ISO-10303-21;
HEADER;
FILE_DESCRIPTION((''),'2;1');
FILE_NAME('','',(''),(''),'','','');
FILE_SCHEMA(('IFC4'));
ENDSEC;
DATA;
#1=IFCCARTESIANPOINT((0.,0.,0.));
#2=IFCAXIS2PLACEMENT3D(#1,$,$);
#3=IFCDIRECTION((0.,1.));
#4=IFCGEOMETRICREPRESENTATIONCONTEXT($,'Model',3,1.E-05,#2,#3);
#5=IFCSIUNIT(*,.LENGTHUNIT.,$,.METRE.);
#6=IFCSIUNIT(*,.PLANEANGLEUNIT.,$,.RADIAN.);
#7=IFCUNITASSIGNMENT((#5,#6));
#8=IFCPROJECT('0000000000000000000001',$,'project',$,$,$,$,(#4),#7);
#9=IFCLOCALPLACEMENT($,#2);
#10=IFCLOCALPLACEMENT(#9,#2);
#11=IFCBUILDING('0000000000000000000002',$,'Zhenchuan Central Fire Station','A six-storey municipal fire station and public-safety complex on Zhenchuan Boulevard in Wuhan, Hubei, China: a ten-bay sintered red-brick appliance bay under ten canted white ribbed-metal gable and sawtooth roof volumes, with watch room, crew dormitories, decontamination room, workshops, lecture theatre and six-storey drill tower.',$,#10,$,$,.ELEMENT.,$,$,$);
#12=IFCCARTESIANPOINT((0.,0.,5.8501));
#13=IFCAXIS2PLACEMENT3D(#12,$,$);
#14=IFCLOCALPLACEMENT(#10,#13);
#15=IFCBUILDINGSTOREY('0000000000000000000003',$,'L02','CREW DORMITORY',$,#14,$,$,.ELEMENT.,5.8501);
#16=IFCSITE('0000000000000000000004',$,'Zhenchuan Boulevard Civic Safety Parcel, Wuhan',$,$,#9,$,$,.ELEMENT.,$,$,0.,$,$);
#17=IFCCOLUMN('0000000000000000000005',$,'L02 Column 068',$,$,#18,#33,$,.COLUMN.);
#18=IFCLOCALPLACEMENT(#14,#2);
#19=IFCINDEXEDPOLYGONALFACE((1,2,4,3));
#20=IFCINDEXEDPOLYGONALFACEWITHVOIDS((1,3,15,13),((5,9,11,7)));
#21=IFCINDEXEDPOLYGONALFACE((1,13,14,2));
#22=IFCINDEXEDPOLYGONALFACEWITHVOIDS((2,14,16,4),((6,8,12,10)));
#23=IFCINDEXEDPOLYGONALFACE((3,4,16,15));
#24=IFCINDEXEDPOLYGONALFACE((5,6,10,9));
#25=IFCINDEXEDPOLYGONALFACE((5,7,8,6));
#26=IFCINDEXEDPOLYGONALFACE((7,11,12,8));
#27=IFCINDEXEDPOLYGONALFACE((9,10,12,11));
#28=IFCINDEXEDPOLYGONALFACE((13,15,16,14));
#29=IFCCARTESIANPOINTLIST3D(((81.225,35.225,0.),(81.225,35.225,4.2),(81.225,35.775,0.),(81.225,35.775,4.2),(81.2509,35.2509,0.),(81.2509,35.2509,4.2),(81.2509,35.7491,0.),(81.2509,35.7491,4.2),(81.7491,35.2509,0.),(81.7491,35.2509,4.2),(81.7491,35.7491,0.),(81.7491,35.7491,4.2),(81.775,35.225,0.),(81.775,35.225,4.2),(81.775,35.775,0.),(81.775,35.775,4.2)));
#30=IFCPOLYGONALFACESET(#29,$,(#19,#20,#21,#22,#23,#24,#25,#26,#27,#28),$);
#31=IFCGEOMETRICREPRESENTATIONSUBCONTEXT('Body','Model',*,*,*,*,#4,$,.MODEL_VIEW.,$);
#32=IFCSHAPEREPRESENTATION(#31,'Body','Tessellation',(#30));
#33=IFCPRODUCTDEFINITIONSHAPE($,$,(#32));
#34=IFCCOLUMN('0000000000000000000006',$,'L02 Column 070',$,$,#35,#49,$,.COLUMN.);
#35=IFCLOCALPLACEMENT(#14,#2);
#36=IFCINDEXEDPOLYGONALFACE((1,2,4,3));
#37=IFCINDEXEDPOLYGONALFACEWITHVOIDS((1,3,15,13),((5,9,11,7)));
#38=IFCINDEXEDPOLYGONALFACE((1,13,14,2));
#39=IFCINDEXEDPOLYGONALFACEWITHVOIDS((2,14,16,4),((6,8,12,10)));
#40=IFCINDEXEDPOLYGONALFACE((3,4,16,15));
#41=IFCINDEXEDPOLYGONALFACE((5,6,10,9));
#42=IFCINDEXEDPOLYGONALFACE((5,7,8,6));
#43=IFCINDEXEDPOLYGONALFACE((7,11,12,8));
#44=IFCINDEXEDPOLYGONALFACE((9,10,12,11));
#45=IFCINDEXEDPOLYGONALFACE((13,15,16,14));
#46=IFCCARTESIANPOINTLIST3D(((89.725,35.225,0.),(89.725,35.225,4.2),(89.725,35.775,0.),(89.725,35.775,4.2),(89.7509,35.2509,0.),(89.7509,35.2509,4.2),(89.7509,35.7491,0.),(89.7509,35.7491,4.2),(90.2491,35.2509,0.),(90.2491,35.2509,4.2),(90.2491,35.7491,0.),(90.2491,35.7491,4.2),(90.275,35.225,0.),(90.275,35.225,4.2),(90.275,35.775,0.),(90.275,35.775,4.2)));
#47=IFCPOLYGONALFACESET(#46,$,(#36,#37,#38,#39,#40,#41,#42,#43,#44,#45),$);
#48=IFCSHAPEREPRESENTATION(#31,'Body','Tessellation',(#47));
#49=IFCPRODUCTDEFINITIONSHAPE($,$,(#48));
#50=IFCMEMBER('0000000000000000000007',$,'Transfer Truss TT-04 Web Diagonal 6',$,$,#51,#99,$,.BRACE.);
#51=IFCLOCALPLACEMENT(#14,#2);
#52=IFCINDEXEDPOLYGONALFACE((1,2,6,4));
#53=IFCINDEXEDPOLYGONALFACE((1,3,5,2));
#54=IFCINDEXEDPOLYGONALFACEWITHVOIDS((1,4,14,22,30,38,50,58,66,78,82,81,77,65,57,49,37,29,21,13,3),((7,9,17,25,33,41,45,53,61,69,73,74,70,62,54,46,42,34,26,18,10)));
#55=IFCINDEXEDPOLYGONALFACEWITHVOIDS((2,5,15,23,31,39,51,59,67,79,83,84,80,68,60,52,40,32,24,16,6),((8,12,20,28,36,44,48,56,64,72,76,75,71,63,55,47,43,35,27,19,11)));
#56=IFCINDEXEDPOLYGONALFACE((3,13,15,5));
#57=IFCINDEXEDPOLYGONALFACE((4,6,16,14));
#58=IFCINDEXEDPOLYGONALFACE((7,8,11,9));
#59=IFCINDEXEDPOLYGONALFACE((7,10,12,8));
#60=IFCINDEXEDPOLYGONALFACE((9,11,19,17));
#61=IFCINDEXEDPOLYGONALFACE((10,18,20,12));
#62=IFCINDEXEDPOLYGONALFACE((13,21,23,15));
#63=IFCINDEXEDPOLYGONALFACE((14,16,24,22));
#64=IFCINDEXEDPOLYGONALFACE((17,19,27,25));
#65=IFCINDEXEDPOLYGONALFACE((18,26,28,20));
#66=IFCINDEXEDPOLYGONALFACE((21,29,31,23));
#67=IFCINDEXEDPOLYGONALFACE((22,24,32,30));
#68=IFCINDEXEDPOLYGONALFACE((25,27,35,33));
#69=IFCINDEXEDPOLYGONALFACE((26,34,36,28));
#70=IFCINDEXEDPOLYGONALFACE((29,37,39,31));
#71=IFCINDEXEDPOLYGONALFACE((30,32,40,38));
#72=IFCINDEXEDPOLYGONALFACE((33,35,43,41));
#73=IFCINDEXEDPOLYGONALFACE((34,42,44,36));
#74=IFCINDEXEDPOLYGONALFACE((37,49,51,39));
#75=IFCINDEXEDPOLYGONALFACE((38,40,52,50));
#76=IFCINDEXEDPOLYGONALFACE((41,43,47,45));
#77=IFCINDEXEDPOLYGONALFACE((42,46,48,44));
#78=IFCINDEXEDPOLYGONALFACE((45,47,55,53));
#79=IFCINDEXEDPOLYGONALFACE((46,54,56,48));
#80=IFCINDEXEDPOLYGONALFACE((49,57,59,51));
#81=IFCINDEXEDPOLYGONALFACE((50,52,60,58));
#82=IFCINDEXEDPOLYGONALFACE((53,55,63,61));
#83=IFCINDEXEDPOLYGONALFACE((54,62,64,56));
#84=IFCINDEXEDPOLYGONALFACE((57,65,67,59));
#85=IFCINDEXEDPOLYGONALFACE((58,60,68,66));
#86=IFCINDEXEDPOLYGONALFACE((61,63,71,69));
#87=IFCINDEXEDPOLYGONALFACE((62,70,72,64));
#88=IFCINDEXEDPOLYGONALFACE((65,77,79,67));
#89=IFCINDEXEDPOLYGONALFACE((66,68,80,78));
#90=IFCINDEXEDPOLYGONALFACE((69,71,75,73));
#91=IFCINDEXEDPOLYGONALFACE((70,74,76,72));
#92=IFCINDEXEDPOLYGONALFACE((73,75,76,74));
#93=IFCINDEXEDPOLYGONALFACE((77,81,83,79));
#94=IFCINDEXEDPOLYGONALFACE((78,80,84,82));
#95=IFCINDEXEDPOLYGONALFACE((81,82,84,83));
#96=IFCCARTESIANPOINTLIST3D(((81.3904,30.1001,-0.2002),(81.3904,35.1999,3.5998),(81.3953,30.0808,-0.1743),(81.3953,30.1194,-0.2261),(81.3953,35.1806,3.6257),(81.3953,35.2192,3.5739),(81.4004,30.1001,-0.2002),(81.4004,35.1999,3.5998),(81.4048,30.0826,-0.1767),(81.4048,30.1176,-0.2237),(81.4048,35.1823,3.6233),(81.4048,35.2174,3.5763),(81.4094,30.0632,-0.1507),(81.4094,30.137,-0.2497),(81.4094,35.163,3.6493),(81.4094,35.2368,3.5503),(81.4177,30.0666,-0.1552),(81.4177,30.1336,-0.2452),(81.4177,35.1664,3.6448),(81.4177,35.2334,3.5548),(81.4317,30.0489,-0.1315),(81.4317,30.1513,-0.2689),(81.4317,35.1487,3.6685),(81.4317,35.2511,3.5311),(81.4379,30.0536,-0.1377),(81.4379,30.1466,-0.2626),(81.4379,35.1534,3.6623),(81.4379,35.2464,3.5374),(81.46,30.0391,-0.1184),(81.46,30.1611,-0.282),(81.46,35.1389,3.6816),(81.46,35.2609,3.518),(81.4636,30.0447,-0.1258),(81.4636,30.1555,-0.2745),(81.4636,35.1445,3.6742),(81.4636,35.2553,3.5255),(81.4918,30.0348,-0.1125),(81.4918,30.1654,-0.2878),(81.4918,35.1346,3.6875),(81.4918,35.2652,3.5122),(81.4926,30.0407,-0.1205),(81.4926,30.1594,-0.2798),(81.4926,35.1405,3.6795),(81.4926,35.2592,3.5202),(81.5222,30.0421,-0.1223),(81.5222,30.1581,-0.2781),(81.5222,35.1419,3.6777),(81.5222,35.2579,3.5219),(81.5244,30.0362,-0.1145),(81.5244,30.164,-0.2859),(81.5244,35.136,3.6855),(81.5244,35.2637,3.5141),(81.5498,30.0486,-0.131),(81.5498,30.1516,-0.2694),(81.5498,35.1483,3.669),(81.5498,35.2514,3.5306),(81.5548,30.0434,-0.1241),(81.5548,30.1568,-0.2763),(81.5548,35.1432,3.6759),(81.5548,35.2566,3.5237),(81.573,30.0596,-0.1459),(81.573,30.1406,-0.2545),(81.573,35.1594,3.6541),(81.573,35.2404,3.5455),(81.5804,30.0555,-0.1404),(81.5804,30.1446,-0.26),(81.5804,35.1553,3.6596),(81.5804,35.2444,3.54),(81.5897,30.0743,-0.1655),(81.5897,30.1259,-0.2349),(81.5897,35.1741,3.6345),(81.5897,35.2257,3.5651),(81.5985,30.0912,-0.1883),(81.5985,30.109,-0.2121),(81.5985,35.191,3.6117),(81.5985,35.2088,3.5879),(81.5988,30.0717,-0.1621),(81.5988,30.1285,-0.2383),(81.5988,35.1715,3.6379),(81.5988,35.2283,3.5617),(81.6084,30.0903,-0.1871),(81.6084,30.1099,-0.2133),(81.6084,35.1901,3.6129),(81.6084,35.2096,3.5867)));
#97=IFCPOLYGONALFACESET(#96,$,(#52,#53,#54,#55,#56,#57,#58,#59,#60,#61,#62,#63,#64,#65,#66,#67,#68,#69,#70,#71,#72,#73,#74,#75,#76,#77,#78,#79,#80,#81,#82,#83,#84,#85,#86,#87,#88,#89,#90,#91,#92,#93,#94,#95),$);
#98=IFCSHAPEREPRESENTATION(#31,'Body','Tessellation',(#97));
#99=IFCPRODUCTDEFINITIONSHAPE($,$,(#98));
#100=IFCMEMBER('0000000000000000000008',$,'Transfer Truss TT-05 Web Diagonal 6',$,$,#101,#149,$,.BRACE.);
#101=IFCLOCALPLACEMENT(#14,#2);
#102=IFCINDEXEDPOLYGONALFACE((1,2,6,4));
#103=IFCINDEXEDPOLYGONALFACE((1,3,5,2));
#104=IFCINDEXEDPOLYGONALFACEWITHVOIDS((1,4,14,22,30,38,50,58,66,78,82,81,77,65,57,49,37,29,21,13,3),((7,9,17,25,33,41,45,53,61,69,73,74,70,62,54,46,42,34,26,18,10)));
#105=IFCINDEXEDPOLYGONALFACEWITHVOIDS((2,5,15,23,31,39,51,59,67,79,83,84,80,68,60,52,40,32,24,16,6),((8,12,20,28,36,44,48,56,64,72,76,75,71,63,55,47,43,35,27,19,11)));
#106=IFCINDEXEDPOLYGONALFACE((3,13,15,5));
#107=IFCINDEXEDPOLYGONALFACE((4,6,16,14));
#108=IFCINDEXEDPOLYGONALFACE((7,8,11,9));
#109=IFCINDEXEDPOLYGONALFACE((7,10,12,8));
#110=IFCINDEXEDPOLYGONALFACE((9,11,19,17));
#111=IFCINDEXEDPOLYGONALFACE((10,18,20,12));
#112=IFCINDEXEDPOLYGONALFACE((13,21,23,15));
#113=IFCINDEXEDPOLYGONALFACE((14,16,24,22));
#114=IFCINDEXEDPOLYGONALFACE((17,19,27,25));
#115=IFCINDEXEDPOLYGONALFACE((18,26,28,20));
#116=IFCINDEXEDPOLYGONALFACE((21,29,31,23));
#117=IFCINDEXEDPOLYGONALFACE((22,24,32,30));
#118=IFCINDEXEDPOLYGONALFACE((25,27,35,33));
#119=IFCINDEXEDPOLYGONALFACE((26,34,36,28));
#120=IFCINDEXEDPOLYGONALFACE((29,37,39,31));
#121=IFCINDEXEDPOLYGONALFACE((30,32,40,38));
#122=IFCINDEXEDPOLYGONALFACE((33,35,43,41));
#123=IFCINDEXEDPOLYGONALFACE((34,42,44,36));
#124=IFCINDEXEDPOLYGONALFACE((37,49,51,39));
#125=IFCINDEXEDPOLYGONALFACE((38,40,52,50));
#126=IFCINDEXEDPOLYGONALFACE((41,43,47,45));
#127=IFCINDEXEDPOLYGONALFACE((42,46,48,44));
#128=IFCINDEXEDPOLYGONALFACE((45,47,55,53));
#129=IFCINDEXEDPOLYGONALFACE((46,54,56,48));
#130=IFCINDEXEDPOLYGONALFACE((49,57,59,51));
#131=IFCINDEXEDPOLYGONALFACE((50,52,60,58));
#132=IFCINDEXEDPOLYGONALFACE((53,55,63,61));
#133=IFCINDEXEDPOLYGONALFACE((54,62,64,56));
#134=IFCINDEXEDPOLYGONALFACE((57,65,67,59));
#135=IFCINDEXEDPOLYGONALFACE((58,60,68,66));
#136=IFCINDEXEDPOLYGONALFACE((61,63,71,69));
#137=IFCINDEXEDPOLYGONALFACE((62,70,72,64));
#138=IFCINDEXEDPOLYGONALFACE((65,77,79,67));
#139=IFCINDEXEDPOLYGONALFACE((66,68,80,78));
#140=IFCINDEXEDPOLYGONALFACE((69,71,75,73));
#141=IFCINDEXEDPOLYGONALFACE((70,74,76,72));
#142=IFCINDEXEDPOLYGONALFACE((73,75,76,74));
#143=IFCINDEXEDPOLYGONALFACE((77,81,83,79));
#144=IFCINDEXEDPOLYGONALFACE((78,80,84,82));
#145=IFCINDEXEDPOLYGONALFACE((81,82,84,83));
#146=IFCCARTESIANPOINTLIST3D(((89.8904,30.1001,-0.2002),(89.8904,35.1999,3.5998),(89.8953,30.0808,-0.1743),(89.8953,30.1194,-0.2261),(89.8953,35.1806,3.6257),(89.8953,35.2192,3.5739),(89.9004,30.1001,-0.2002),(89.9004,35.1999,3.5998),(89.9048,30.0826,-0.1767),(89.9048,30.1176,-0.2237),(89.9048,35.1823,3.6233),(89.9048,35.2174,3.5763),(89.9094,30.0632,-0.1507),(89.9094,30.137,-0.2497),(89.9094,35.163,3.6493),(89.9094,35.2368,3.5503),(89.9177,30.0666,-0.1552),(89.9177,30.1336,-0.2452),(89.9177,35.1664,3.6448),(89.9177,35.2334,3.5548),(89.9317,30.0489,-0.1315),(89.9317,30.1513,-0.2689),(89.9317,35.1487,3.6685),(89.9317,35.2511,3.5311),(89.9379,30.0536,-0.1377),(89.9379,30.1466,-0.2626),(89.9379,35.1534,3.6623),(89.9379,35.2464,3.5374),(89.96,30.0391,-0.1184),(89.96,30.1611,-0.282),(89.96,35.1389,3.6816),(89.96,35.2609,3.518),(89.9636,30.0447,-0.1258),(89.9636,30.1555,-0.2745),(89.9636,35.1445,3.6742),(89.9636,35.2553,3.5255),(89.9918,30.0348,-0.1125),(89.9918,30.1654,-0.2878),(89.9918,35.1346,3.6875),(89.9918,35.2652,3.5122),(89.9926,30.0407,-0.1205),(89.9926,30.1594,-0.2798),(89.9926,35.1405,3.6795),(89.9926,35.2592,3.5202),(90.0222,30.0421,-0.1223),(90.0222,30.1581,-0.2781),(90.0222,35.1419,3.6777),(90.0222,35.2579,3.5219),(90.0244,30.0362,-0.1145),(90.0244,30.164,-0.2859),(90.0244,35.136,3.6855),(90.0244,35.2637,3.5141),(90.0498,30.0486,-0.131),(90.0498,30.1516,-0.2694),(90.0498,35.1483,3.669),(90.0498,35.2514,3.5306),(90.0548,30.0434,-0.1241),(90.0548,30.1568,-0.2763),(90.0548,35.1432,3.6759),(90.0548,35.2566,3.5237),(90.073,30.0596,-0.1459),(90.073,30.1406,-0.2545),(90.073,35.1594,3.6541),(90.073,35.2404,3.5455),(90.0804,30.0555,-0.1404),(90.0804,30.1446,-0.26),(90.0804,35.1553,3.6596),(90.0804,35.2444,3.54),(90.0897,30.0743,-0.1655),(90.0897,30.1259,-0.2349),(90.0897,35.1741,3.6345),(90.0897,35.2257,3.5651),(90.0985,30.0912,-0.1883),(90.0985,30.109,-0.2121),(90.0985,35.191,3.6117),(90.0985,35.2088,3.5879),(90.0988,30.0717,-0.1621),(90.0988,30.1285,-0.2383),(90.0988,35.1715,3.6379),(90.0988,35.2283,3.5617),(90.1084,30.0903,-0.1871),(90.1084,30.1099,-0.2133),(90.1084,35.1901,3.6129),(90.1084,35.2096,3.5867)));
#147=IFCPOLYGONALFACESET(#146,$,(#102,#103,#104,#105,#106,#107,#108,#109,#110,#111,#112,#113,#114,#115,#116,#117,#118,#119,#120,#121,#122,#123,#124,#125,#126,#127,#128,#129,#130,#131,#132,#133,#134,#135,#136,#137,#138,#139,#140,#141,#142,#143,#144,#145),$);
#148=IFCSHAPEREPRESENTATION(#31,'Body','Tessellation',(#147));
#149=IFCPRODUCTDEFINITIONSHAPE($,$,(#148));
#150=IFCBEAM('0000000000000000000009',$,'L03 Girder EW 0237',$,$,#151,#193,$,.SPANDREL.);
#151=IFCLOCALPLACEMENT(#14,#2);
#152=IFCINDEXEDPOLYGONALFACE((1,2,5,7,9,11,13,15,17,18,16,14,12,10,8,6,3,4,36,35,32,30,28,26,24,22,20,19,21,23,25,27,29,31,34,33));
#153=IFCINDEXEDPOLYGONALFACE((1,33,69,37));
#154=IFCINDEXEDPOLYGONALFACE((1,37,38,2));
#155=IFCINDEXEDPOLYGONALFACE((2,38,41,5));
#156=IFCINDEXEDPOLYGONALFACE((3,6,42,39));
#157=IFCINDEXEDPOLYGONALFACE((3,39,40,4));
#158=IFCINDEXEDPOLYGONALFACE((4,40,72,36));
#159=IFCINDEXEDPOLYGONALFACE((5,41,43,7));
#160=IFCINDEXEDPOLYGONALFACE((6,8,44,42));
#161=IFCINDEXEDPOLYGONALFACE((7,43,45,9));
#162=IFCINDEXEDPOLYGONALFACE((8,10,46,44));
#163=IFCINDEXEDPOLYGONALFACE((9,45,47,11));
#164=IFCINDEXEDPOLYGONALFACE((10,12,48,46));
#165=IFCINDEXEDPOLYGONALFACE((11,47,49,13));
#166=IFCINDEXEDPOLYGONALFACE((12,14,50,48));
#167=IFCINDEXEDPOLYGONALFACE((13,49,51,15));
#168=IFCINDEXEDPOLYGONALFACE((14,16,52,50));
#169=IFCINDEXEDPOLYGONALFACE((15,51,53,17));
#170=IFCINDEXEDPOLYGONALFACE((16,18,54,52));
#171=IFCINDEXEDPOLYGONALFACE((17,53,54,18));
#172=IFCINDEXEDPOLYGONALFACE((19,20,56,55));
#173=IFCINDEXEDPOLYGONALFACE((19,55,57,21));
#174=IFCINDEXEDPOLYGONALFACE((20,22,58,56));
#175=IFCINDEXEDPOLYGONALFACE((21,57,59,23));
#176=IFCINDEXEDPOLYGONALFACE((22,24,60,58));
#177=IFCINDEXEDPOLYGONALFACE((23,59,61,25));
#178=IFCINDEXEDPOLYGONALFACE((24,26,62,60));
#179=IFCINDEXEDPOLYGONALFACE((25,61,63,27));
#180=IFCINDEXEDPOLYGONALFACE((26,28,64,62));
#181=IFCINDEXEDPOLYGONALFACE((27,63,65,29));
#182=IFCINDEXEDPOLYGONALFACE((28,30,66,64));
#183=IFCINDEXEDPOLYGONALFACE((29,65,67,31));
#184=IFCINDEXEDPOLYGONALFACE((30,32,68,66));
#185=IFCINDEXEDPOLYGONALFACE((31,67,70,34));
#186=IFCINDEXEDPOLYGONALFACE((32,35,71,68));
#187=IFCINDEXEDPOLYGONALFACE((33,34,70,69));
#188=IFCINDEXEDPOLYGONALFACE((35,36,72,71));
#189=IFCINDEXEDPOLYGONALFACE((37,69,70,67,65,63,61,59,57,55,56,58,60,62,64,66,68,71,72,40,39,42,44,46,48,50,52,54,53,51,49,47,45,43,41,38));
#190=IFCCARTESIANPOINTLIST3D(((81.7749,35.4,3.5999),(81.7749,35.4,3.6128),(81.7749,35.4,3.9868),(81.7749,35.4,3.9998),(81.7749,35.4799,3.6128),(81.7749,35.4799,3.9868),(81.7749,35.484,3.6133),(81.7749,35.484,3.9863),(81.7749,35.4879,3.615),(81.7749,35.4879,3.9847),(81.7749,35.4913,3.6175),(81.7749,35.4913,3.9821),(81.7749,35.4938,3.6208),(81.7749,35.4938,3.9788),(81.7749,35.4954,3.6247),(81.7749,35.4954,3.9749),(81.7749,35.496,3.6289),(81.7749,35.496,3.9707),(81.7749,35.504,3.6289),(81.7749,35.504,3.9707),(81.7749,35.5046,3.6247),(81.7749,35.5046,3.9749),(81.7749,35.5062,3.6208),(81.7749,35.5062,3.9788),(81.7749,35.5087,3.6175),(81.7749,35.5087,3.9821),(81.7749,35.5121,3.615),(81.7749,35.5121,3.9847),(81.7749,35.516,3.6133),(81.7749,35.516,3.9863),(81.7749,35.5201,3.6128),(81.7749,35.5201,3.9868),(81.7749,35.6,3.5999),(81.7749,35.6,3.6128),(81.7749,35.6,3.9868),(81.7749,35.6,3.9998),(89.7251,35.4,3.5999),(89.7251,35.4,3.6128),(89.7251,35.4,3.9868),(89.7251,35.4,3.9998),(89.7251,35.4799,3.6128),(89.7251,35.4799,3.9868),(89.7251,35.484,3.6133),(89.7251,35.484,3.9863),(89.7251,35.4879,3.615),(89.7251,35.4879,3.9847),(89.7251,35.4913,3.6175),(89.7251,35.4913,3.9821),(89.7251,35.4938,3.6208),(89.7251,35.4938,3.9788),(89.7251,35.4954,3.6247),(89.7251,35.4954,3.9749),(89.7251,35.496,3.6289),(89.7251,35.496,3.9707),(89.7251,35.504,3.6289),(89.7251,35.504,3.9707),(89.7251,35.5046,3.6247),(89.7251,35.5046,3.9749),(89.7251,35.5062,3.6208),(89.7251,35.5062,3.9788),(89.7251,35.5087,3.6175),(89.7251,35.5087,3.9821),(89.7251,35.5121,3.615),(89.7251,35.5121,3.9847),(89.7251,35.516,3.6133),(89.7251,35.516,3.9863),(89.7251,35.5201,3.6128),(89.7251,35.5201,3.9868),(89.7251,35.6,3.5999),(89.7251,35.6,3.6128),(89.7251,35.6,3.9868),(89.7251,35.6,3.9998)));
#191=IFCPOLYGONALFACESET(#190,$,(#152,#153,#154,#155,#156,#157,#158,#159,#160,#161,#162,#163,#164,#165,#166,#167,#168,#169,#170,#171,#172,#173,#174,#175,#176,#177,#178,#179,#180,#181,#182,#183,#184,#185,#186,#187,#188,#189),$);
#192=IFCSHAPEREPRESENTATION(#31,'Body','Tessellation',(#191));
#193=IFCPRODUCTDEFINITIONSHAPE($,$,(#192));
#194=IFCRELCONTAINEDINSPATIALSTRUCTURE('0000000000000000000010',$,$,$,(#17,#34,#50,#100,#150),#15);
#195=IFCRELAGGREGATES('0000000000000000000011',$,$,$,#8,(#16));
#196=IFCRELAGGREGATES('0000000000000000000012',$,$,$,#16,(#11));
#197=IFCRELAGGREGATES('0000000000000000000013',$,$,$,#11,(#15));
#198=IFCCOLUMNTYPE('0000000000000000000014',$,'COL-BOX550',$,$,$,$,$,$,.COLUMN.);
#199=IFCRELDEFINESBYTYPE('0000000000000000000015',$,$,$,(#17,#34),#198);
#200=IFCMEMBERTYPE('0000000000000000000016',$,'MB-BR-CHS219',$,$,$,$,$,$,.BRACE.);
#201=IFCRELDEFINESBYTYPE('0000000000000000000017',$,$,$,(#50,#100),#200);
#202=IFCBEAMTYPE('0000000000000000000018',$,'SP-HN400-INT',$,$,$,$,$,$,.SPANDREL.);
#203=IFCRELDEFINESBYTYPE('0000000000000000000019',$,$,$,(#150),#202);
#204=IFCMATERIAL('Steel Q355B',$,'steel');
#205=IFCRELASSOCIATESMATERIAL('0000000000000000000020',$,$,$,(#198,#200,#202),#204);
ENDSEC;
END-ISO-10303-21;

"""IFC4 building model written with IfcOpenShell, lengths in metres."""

from ifc_helpers import new_model, si_unit, direction, frame, origin, origin_2d, place, context, subcontext, project, spatial, hollow_rectangle, hollow_circle, i_section, extrude, material, material_profile, profile_set, type_object, element, save


model = new_model("IFC4")

# Units and contexts
model_context = context("Model", 3, precision=1e-05, world=origin(), true_north=direction((0.0, 1.0)))
body_context = subcontext(model_context, "Body", "Model", "MODEL_VIEW")
ifc_project = project(units=[si_unit("LENGTHUNIT", "METRE"), si_unit("PLANEANGLEUNIT", "RADIAN")], contexts=[model_context])

# Site, building, storey
site_placement = place(None, origin())
site = spatial("IfcSite", under=ifc_project, at=site_placement, Name="Zhenchuan Boulevard Civic Safety Parcel, Wuhan", CompositionType="ELEMENT", RefElevation=0.0)
building_placement = place(site_placement, origin())
building = spatial("IfcBuilding", under=site, at=building_placement, Name="Zhenchuan Central Fire Station", Description="A six-storey municipal fire station and public-safety complex on Zhenchuan Boulevard in Wuhan, Hubei, China: a ten-bay sintered red-brick appliance bay under ten canted white ribbed-metal gable and sawtooth roof volumes, with watch room, crew dormitories, decontamination room, workshops, lecture theatre and six-storey drill tower.", CompositionType="ELEMENT")
storey_placement = place(building_placement, frame((0.0, 0.0, 5.8501)))
storey = spatial("IfcBuildingStorey", under=building, at=storey_placement, Name="L02", Description="CREW DORMITORY", CompositionType="ELEMENT", Elevation=5.8501)

# Columns
ifc_material_1 = material(Name="Steel Q355B", Category="steel")
ifc_material_profile_1 = material_profile(ifc_material_1, hollow_rectangle(XDim=0.55, YDim=0.55, WallThickness=0.0259, at=origin_2d()), Name="BOX 550x550x26")
ifc_profile_set_1 = profile_set([ifc_material_profile_1], Name="Steel Q355B")
column_type = type_object("IfcColumnType", Name="COL-BOX550", PredefinedType="COLUMN", material=ifc_profile_set_1)
for number, where, z_axis, x_axis, name in (
    (1, (81.5, 35.5, 0.0), (0.0, 0.0, 1.0), (1.0, 0.0, 0.0), "L02 Column 068"),
    (2, (90.0, 35.5, 0.0), (0.0, 0.0, 1.0), (1.0, 0.0, 0.0), "L02 Column 070"),
):
    element("IfcColumn", number, at=place(storey_placement, frame(where, z_axis=z_axis, x_axis=x_axis)), inside=storey, type_object=column_type, Name=name, PredefinedType="COLUMN", context=body_context, shape_type="SweptSolid", body=[
        extrude(hollow_rectangle(XDim=0.55, YDim=0.55, WallThickness=0.0259, at=origin_2d()), origin(), (0.0, 0.0, 1.0), 4.2),
    ])

# Members
ifc_material_profile_2 = material_profile(ifc_material_1, hollow_circle(Radius=0.1096, WallThickness=0.01, at=origin_2d()), Name="CHS 219.1x10")
ifc_profile_set_2 = profile_set([ifc_material_profile_2], Name="Steel Q355B")
member_type = type_object("IfcMemberType", Name="MB-BR-CHS219", PredefinedType="BRACE", material=ifc_profile_set_2)
for number, where, z_axis, x_axis, name in (
    (3, (81.5, 30.1001, -0.2002), (0.0, 0.801871, 0.597497), (-1.0, 0.0, 0.0), "Transfer Truss TT-04 Web Diagonal 6"),
    (4, (90.0, 30.1001, -0.2002), (0.0, 0.801871, 0.597497), (-1.0, 0.0, 0.0), "Transfer Truss TT-05 Web Diagonal 6"),
):
    element("IfcMember", number, at=place(storey_placement, frame(where, z_axis=z_axis, x_axis=x_axis)), inside=storey, type_object=member_type, Name=name, PredefinedType="BRACE", context=body_context, shape_type="SweptSolid", body=[
        extrude(hollow_circle(Radius=0.1096, WallThickness=0.01, at=origin_2d()), origin(), (0.0, 0.0, 1.0), 6.3599),
    ])

# Beam
ifc_material_profile_3 = material_profile(ifc_material_1, i_section(OverallWidth=0.2, OverallDepth=0.3999, WebThickness=0.0081, FlangeThickness=0.0129, FilletRadius=0.0161, at=origin_2d()), Name="HN 400x200")
ifc_profile_set_3 = profile_set([ifc_material_profile_3], Name="Steel Q355B")
beam_type = type_object("IfcBeamType", Name="SP-HN400-INT", PredefinedType="SPANDREL", material=ifc_profile_set_3)
beam_placement = place(storey_placement, frame((81.7749, 35.5, 3.7998), z_axis=(1.0, 0.0, 0.0), x_axis=(0.0, 1.0, 0.0)))
element("IfcBeam", 5, at=beam_placement, inside=storey, type_object=beam_type, Name="L03 Girder EW 0237", PredefinedType="SPANDREL", context=body_context, shape_type="SweptSolid", body=[
    extrude(i_section(OverallWidth=0.2, OverallDepth=0.3999, WebThickness=0.0081, FlangeThickness=0.0129, FilletRadius=0.0161, at=origin_2d()), origin(), (0.0, 0.0, 1.0), 7.9502),
])

save(model, "model.ifc")
